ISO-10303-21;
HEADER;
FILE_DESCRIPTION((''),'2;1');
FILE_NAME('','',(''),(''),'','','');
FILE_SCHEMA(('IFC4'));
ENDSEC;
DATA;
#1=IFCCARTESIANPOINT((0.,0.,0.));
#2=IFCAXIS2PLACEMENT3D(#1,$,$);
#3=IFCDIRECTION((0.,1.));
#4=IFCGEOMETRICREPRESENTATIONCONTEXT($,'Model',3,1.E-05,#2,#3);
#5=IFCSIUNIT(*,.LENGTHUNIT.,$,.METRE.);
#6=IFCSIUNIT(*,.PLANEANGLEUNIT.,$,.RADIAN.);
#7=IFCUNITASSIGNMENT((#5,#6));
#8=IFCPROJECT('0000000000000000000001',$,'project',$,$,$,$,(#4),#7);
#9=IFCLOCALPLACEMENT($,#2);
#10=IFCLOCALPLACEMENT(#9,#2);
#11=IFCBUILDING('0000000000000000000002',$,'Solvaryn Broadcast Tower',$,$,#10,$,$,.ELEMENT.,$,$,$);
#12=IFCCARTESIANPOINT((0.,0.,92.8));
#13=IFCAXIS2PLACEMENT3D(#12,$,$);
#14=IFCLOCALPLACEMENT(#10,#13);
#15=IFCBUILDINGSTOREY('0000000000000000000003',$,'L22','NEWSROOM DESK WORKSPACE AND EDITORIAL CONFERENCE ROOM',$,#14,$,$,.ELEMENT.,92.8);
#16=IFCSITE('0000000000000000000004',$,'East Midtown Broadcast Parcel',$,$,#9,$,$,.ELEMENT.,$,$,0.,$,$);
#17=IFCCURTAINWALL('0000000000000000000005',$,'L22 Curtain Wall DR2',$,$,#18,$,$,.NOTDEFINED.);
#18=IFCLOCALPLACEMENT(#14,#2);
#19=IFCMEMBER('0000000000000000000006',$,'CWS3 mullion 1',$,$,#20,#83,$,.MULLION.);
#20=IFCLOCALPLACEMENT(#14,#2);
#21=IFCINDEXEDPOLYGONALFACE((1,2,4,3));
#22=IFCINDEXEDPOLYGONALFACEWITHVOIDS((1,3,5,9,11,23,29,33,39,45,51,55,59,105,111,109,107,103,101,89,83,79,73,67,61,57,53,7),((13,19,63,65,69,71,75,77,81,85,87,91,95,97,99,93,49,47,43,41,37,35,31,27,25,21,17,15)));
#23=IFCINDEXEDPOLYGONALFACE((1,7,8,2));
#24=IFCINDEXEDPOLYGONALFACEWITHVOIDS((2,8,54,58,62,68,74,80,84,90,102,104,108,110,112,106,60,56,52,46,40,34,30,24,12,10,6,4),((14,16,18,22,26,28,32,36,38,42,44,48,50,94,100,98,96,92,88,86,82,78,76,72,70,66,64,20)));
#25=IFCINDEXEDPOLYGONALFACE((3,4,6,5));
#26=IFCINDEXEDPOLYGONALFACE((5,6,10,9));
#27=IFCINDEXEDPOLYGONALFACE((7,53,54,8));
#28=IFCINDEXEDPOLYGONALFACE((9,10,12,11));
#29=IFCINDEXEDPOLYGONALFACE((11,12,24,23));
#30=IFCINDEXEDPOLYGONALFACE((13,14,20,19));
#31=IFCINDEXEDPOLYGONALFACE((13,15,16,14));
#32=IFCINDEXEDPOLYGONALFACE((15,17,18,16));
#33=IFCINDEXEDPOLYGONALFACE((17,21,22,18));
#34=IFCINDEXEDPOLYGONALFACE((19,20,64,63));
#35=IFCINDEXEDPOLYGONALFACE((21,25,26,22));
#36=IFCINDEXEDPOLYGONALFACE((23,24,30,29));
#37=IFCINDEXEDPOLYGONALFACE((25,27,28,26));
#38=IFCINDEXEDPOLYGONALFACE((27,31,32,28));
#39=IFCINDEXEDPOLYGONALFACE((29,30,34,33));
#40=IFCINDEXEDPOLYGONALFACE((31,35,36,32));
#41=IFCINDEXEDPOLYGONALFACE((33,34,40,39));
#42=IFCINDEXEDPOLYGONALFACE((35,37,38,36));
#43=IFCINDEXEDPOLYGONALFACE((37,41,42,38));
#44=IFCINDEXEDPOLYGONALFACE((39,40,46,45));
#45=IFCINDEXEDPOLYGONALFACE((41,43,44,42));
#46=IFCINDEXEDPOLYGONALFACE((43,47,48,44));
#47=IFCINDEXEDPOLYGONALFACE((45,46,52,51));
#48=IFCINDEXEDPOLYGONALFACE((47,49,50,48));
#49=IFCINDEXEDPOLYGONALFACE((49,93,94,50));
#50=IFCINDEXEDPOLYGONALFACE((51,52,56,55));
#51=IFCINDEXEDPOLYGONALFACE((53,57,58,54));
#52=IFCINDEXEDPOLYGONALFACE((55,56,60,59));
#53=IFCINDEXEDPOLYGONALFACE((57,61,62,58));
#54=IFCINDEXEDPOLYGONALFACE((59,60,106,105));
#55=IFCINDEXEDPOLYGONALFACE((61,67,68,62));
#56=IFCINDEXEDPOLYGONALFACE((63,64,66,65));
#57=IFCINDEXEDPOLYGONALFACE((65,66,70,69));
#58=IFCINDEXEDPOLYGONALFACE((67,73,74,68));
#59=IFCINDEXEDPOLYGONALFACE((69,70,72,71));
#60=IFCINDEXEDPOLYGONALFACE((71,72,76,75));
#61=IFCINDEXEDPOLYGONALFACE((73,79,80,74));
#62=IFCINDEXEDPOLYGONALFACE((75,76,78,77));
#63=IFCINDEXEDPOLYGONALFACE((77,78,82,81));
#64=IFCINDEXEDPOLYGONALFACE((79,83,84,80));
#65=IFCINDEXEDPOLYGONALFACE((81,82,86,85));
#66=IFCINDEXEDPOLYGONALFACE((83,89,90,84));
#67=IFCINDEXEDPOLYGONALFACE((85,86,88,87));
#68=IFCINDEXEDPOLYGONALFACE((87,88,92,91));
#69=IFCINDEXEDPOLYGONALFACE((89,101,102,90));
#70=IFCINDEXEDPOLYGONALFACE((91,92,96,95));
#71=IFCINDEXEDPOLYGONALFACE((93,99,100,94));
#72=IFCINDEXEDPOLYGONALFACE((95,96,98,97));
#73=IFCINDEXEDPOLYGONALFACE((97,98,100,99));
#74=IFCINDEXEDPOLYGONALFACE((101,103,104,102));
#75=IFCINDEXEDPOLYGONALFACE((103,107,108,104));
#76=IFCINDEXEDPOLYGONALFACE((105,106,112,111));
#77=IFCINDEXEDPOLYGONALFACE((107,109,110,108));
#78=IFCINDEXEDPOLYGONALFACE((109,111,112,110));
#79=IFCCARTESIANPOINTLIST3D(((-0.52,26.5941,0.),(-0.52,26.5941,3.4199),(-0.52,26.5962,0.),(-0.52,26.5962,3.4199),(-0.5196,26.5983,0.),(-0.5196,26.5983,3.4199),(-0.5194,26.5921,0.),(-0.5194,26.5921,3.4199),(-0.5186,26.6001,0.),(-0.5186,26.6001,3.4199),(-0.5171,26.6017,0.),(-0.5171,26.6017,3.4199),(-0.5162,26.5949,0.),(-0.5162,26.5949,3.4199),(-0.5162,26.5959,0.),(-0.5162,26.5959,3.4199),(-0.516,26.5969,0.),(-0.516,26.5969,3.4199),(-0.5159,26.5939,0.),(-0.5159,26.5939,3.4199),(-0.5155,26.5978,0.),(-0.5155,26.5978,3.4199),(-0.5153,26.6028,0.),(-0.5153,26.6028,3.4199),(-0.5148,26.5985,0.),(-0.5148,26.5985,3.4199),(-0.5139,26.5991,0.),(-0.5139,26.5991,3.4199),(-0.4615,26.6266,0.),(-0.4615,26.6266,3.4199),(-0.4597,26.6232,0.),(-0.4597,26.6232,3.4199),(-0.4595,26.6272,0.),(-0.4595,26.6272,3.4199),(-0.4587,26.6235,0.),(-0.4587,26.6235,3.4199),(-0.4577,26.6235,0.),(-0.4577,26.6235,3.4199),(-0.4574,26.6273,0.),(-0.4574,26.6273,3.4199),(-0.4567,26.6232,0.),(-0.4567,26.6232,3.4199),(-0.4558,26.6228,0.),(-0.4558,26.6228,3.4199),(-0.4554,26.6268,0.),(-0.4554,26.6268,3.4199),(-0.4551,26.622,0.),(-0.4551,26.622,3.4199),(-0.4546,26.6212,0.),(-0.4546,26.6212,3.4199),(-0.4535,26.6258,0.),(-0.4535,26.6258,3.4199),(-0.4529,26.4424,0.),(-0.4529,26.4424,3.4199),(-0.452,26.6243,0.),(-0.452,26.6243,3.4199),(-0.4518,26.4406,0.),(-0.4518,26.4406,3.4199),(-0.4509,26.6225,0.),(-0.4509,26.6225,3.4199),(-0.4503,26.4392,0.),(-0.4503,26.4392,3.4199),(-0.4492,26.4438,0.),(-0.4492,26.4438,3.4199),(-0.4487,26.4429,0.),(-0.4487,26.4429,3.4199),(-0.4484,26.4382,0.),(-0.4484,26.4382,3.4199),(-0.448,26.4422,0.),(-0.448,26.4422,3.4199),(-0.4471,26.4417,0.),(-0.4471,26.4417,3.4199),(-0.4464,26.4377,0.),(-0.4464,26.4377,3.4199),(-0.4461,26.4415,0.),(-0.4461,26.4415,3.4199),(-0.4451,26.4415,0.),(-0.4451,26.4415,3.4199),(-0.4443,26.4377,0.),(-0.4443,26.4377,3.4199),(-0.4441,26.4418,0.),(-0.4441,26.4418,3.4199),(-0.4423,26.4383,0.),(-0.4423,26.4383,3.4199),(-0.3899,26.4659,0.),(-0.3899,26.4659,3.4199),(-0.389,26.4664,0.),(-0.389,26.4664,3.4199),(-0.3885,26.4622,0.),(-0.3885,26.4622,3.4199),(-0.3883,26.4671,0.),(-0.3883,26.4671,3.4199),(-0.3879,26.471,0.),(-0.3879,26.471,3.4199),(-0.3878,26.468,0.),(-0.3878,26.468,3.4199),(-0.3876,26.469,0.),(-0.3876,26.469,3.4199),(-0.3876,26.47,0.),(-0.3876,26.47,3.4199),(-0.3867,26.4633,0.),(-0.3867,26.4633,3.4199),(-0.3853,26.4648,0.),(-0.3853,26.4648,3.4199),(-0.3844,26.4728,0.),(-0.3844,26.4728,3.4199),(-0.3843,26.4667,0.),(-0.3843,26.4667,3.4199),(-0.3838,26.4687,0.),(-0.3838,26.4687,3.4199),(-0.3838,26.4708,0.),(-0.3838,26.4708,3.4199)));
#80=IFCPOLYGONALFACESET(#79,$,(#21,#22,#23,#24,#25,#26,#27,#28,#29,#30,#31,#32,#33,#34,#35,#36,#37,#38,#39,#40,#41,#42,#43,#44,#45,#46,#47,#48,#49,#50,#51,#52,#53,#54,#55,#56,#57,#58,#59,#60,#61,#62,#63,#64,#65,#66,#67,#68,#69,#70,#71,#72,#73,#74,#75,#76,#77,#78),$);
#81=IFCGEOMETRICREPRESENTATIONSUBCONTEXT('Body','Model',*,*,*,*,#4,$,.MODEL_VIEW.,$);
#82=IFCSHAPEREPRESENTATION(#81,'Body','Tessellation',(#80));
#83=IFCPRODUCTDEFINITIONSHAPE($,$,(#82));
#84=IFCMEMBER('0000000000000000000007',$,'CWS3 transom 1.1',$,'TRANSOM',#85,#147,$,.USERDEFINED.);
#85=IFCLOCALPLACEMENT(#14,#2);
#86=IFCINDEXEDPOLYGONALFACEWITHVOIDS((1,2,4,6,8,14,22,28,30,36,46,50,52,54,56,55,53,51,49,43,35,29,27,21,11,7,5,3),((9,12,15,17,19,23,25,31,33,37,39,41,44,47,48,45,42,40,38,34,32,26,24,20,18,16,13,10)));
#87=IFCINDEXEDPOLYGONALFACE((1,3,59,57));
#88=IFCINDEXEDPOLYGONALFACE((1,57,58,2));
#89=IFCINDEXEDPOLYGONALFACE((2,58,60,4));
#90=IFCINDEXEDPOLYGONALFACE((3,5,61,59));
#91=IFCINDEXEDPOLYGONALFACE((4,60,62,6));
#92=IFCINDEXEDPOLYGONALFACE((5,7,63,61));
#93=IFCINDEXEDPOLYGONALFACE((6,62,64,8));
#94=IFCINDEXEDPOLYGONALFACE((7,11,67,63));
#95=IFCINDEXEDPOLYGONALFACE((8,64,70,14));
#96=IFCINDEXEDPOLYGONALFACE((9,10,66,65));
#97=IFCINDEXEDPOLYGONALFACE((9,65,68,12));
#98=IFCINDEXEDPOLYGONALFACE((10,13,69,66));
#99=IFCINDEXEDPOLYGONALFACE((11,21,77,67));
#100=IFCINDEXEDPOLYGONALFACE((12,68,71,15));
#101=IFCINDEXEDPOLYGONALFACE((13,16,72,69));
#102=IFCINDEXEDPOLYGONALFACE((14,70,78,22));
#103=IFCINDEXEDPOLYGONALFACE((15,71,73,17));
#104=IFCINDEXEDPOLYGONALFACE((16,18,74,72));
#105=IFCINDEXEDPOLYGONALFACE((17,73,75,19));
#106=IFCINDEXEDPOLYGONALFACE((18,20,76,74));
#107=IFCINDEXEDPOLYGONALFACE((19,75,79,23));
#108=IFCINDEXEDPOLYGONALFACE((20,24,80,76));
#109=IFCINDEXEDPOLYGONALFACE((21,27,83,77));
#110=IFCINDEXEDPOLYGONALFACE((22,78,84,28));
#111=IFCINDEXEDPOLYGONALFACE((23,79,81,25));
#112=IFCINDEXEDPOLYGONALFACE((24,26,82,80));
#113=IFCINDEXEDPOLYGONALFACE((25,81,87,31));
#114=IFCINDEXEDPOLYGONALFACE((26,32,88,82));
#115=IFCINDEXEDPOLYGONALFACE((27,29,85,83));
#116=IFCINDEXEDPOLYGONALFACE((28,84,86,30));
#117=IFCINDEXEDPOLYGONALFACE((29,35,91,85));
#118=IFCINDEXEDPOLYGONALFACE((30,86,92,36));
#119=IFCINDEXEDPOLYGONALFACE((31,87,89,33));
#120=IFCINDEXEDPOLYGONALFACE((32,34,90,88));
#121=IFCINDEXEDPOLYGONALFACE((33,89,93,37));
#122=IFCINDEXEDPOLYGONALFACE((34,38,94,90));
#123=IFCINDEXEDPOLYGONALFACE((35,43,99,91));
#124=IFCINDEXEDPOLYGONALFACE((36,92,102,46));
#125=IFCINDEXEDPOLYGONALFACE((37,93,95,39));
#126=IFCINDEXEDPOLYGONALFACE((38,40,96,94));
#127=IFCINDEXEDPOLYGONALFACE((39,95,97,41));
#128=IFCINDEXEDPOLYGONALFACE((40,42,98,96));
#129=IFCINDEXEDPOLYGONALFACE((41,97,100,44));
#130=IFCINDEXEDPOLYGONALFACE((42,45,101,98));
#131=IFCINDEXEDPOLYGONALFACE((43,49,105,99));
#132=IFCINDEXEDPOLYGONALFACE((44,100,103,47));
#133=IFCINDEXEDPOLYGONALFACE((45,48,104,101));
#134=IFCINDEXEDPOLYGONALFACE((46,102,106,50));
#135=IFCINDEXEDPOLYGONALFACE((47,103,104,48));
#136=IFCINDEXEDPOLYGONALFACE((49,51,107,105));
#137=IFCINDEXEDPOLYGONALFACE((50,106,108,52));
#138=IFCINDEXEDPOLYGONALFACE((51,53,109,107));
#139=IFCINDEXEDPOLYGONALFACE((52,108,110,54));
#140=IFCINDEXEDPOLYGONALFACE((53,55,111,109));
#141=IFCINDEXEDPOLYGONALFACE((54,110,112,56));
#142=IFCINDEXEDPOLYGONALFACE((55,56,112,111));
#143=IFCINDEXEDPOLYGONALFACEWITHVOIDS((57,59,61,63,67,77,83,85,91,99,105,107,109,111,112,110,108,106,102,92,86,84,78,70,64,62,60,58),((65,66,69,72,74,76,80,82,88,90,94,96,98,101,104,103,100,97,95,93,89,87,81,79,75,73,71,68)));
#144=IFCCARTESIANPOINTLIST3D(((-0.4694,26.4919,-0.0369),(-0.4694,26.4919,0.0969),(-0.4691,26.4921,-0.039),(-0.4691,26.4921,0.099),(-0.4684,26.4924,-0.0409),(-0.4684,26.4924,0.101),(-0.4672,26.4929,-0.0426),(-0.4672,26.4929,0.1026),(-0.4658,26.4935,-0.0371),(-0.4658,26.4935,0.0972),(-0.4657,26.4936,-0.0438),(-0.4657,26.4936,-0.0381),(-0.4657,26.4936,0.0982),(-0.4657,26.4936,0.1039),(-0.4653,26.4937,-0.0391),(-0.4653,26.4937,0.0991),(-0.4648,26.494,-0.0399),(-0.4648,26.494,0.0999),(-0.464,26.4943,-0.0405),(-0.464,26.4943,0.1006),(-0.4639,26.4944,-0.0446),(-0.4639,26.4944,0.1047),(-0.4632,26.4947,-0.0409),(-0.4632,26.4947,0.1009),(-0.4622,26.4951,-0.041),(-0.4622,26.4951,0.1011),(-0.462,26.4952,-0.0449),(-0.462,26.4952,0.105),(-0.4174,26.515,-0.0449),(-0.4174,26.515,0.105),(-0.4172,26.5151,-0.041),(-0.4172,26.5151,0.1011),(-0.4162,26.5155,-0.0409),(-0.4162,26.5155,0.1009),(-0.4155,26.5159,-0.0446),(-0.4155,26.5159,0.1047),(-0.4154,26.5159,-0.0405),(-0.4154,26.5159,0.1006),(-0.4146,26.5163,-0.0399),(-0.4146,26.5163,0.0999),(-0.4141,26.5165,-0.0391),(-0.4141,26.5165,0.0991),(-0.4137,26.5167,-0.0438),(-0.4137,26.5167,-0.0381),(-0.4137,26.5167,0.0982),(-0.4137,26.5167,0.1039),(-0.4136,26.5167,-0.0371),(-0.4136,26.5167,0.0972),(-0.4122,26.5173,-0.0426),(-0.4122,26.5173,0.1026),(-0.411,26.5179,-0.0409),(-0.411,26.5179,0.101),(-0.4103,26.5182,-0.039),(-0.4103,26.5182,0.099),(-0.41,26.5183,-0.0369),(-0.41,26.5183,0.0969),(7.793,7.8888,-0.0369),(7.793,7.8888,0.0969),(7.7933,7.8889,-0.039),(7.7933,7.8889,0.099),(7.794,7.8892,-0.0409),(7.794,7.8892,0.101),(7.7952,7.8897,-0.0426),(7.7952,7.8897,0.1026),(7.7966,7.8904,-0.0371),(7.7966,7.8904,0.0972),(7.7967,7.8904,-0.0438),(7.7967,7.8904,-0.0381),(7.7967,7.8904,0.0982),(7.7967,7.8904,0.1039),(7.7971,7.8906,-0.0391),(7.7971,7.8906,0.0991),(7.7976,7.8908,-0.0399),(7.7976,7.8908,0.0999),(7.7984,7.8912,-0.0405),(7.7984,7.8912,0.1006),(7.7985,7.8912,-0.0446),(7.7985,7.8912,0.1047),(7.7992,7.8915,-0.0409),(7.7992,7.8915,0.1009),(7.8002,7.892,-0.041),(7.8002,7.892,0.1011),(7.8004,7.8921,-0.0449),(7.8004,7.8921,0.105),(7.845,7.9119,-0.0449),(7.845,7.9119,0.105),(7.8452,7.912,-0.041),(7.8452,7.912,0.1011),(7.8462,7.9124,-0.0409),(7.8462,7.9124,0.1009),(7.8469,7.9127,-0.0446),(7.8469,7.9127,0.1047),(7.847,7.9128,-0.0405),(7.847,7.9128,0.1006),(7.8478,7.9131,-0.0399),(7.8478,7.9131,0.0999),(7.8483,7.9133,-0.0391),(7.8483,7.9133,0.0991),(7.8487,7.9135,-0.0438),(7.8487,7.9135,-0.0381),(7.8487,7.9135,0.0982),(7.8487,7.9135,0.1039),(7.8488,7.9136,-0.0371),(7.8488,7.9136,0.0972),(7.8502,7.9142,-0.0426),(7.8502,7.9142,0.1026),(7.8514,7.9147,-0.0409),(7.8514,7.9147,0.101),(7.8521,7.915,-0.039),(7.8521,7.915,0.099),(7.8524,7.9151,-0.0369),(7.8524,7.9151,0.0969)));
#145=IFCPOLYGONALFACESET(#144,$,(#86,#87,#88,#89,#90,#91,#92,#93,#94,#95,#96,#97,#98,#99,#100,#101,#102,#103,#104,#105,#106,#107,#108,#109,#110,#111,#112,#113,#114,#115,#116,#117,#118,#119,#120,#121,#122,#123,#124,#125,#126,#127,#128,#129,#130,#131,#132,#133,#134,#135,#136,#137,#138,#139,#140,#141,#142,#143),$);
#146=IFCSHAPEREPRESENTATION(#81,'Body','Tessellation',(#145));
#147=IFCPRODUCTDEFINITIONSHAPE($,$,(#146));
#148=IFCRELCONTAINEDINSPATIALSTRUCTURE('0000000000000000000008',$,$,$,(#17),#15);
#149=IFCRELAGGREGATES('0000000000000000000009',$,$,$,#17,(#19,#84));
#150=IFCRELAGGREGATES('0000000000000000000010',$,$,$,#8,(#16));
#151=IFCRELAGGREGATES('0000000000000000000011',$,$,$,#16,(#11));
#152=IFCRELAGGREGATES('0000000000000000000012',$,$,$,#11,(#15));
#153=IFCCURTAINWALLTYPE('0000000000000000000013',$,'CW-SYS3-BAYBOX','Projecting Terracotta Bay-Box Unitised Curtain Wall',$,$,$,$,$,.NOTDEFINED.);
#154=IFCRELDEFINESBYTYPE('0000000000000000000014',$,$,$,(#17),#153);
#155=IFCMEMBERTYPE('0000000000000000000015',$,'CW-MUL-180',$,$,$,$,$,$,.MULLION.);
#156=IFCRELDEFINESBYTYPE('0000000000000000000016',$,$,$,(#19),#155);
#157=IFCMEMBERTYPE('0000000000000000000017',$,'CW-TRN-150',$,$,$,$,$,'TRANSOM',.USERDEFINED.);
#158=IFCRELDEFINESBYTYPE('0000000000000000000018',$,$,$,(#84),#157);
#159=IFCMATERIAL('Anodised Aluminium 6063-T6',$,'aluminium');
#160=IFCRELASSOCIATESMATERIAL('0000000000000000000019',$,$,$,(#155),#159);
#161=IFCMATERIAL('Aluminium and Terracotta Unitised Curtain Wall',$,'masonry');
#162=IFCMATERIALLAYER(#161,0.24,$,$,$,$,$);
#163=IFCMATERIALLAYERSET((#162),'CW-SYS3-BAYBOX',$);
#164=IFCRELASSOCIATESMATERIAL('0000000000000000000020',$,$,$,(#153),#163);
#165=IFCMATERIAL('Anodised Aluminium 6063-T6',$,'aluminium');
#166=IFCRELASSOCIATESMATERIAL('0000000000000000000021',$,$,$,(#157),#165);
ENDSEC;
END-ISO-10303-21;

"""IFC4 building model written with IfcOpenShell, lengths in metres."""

from ifc_helpers import new_model, si_unit, direction, frame, origin, origin_2d, place, context, subcontext, project, spatial, hollow_rectangle, extrude, material, layer, layer_set, material_profile, profile_set, type_object, element, aggregate, save


model = new_model("IFC4")

# Units and contexts
model_context = context("Model", 3, precision=1e-05, world=origin(), true_north=direction((0.0, 1.0)))
body_context = subcontext(model_context, "Body", "Model", "MODEL_VIEW")
ifc_project = project(units=[si_unit("LENGTHUNIT", "METRE"), si_unit("PLANEANGLEUNIT", "RADIAN")], contexts=[model_context])

# Site, building, storey
site_placement = place(None, origin())
site = spatial("IfcSite", under=ifc_project, at=site_placement, Name="East Midtown Broadcast Parcel", CompositionType="ELEMENT", RefElevation=0.0)
building_placement = place(site_placement, origin())
building = spatial("IfcBuilding", under=site, at=building_placement, Name="Solvaryn Broadcast Tower", CompositionType="ELEMENT")
storey_placement = place(building_placement, frame((0.0, 0.0, 92.8)))
storey = spatial("IfcBuildingStorey", under=building, at=storey_placement, Name="L22", Description="NEWSROOM DESK WORKSPACE AND EDITORIAL CONFERENCE ROOM", CompositionType="ELEMENT", Elevation=92.8)

# Shared definitions
ifc_material_1 = material(Name="Anodised Aluminium 6063-T6", Category="aluminium")
ifc_material_profile_1 = material_profile(ifc_material_1, hollow_rectangle(XDim=0.075, YDim=0.1799, WallThickness=0.0039, InnerFilletRadius=0.0039, OuterFilletRadius=0.0081, at=origin_2d()))
ifc_profile_set_1 = profile_set([ifc_material_profile_1], Name="Anodised Aluminium 6063-T6")
member_type_1 = type_object("IfcMemberType", Name="CW-MUL-180", PredefinedType="MULLION", material=ifc_profile_set_1)

# Curtain wall, members
ifc_material_2 = material(Name="Aluminium and Terracotta Unitised Curtain Wall", Category="masonry")
ifc_layer_1 = layer(ifc_material_2, 0.24)
ifc_layer_set_1 = layer_set([ifc_layer_1], Name="CW-SYS3-BAYBOX")
curtain_wall_type_1 = type_object("IfcCurtainWallType", Name="CW-SYS3-BAYBOX", Description="Projecting Terracotta Bay-Box Unitised Curtain Wall", PredefinedType="NOTDEFINED", material=ifc_layer_set_1)
curtain_wall_1_placement = place(storey_placement, origin())
curtain_wall_1 = element("IfcCurtainWall", 1, at=curtain_wall_1_placement, inside=storey, type_object=curtain_wall_type_1, Name="L22 Curtain Wall DR2", PredefinedType="NOTDEFINED")
member_1_placement = place(storey_placement, frame((-0.4519, 26.5325, 0.0), z_axis=(0.0, 0.0, 1.0), x_axis=(0.913918, 0.405898, 0.0)))
member_1 = element("IfcMember", 2, at=member_1_placement, type_object=member_type_1, Name="CWS3 mullion 1", PredefinedType="MULLION", context=body_context, shape_type="SweptSolid", body=[
    extrude(hollow_rectangle(XDim=0.075, YDim=0.1799, WallThickness=0.0039, InnerFilletRadius=0.0039, OuterFilletRadius=0.0081, at=origin_2d()), origin(), (0.0, 0.0, 1.0), 3.4199),
])
ifc_material_3 = material(Name="Anodised Aluminium 6063-T6", Category="aluminium")
ifc_material_profile_2 = material_profile(ifc_material_3, hollow_rectangle(XDim=0.0649, YDim=0.1499, WallThickness=0.0039, InnerFilletRadius=0.0039, OuterFilletRadius=0.0081, at=origin_2d()))
ifc_profile_set_2 = profile_set([ifc_material_profile_2], Name="Anodised Aluminium 6063-T6")
member_type_2 = type_object("IfcMemberType", Name="CW-TRN-150", ElementType="TRANSOM", PredefinedType="USERDEFINED", material=ifc_profile_set_2)
member_2_placement = place(storey_placement, frame((-0.4397, 26.5051, 0.03), z_axis=(0.405906, -0.913915, 0.0), x_axis=(0.913915, 0.405906, 0.0)))
member_2 = element("IfcMember", 3, at=member_2_placement, type_object=member_type_2, Name="CWS3 transom 1.1", ObjectType="TRANSOM", PredefinedType="USERDEFINED", context=body_context, shape_type="SweptSolid", body=[
    extrude(hollow_rectangle(XDim=0.0649, YDim=0.1499, WallThickness=0.0039, InnerFilletRadius=0.0039, OuterFilletRadius=0.0081, at=origin_2d()), origin(), (0.0, 0.0, 1.0), 20.3555),
])
aggregate(curtain_wall_1, [member_1, member_2])

save(model, "model.ifc")
